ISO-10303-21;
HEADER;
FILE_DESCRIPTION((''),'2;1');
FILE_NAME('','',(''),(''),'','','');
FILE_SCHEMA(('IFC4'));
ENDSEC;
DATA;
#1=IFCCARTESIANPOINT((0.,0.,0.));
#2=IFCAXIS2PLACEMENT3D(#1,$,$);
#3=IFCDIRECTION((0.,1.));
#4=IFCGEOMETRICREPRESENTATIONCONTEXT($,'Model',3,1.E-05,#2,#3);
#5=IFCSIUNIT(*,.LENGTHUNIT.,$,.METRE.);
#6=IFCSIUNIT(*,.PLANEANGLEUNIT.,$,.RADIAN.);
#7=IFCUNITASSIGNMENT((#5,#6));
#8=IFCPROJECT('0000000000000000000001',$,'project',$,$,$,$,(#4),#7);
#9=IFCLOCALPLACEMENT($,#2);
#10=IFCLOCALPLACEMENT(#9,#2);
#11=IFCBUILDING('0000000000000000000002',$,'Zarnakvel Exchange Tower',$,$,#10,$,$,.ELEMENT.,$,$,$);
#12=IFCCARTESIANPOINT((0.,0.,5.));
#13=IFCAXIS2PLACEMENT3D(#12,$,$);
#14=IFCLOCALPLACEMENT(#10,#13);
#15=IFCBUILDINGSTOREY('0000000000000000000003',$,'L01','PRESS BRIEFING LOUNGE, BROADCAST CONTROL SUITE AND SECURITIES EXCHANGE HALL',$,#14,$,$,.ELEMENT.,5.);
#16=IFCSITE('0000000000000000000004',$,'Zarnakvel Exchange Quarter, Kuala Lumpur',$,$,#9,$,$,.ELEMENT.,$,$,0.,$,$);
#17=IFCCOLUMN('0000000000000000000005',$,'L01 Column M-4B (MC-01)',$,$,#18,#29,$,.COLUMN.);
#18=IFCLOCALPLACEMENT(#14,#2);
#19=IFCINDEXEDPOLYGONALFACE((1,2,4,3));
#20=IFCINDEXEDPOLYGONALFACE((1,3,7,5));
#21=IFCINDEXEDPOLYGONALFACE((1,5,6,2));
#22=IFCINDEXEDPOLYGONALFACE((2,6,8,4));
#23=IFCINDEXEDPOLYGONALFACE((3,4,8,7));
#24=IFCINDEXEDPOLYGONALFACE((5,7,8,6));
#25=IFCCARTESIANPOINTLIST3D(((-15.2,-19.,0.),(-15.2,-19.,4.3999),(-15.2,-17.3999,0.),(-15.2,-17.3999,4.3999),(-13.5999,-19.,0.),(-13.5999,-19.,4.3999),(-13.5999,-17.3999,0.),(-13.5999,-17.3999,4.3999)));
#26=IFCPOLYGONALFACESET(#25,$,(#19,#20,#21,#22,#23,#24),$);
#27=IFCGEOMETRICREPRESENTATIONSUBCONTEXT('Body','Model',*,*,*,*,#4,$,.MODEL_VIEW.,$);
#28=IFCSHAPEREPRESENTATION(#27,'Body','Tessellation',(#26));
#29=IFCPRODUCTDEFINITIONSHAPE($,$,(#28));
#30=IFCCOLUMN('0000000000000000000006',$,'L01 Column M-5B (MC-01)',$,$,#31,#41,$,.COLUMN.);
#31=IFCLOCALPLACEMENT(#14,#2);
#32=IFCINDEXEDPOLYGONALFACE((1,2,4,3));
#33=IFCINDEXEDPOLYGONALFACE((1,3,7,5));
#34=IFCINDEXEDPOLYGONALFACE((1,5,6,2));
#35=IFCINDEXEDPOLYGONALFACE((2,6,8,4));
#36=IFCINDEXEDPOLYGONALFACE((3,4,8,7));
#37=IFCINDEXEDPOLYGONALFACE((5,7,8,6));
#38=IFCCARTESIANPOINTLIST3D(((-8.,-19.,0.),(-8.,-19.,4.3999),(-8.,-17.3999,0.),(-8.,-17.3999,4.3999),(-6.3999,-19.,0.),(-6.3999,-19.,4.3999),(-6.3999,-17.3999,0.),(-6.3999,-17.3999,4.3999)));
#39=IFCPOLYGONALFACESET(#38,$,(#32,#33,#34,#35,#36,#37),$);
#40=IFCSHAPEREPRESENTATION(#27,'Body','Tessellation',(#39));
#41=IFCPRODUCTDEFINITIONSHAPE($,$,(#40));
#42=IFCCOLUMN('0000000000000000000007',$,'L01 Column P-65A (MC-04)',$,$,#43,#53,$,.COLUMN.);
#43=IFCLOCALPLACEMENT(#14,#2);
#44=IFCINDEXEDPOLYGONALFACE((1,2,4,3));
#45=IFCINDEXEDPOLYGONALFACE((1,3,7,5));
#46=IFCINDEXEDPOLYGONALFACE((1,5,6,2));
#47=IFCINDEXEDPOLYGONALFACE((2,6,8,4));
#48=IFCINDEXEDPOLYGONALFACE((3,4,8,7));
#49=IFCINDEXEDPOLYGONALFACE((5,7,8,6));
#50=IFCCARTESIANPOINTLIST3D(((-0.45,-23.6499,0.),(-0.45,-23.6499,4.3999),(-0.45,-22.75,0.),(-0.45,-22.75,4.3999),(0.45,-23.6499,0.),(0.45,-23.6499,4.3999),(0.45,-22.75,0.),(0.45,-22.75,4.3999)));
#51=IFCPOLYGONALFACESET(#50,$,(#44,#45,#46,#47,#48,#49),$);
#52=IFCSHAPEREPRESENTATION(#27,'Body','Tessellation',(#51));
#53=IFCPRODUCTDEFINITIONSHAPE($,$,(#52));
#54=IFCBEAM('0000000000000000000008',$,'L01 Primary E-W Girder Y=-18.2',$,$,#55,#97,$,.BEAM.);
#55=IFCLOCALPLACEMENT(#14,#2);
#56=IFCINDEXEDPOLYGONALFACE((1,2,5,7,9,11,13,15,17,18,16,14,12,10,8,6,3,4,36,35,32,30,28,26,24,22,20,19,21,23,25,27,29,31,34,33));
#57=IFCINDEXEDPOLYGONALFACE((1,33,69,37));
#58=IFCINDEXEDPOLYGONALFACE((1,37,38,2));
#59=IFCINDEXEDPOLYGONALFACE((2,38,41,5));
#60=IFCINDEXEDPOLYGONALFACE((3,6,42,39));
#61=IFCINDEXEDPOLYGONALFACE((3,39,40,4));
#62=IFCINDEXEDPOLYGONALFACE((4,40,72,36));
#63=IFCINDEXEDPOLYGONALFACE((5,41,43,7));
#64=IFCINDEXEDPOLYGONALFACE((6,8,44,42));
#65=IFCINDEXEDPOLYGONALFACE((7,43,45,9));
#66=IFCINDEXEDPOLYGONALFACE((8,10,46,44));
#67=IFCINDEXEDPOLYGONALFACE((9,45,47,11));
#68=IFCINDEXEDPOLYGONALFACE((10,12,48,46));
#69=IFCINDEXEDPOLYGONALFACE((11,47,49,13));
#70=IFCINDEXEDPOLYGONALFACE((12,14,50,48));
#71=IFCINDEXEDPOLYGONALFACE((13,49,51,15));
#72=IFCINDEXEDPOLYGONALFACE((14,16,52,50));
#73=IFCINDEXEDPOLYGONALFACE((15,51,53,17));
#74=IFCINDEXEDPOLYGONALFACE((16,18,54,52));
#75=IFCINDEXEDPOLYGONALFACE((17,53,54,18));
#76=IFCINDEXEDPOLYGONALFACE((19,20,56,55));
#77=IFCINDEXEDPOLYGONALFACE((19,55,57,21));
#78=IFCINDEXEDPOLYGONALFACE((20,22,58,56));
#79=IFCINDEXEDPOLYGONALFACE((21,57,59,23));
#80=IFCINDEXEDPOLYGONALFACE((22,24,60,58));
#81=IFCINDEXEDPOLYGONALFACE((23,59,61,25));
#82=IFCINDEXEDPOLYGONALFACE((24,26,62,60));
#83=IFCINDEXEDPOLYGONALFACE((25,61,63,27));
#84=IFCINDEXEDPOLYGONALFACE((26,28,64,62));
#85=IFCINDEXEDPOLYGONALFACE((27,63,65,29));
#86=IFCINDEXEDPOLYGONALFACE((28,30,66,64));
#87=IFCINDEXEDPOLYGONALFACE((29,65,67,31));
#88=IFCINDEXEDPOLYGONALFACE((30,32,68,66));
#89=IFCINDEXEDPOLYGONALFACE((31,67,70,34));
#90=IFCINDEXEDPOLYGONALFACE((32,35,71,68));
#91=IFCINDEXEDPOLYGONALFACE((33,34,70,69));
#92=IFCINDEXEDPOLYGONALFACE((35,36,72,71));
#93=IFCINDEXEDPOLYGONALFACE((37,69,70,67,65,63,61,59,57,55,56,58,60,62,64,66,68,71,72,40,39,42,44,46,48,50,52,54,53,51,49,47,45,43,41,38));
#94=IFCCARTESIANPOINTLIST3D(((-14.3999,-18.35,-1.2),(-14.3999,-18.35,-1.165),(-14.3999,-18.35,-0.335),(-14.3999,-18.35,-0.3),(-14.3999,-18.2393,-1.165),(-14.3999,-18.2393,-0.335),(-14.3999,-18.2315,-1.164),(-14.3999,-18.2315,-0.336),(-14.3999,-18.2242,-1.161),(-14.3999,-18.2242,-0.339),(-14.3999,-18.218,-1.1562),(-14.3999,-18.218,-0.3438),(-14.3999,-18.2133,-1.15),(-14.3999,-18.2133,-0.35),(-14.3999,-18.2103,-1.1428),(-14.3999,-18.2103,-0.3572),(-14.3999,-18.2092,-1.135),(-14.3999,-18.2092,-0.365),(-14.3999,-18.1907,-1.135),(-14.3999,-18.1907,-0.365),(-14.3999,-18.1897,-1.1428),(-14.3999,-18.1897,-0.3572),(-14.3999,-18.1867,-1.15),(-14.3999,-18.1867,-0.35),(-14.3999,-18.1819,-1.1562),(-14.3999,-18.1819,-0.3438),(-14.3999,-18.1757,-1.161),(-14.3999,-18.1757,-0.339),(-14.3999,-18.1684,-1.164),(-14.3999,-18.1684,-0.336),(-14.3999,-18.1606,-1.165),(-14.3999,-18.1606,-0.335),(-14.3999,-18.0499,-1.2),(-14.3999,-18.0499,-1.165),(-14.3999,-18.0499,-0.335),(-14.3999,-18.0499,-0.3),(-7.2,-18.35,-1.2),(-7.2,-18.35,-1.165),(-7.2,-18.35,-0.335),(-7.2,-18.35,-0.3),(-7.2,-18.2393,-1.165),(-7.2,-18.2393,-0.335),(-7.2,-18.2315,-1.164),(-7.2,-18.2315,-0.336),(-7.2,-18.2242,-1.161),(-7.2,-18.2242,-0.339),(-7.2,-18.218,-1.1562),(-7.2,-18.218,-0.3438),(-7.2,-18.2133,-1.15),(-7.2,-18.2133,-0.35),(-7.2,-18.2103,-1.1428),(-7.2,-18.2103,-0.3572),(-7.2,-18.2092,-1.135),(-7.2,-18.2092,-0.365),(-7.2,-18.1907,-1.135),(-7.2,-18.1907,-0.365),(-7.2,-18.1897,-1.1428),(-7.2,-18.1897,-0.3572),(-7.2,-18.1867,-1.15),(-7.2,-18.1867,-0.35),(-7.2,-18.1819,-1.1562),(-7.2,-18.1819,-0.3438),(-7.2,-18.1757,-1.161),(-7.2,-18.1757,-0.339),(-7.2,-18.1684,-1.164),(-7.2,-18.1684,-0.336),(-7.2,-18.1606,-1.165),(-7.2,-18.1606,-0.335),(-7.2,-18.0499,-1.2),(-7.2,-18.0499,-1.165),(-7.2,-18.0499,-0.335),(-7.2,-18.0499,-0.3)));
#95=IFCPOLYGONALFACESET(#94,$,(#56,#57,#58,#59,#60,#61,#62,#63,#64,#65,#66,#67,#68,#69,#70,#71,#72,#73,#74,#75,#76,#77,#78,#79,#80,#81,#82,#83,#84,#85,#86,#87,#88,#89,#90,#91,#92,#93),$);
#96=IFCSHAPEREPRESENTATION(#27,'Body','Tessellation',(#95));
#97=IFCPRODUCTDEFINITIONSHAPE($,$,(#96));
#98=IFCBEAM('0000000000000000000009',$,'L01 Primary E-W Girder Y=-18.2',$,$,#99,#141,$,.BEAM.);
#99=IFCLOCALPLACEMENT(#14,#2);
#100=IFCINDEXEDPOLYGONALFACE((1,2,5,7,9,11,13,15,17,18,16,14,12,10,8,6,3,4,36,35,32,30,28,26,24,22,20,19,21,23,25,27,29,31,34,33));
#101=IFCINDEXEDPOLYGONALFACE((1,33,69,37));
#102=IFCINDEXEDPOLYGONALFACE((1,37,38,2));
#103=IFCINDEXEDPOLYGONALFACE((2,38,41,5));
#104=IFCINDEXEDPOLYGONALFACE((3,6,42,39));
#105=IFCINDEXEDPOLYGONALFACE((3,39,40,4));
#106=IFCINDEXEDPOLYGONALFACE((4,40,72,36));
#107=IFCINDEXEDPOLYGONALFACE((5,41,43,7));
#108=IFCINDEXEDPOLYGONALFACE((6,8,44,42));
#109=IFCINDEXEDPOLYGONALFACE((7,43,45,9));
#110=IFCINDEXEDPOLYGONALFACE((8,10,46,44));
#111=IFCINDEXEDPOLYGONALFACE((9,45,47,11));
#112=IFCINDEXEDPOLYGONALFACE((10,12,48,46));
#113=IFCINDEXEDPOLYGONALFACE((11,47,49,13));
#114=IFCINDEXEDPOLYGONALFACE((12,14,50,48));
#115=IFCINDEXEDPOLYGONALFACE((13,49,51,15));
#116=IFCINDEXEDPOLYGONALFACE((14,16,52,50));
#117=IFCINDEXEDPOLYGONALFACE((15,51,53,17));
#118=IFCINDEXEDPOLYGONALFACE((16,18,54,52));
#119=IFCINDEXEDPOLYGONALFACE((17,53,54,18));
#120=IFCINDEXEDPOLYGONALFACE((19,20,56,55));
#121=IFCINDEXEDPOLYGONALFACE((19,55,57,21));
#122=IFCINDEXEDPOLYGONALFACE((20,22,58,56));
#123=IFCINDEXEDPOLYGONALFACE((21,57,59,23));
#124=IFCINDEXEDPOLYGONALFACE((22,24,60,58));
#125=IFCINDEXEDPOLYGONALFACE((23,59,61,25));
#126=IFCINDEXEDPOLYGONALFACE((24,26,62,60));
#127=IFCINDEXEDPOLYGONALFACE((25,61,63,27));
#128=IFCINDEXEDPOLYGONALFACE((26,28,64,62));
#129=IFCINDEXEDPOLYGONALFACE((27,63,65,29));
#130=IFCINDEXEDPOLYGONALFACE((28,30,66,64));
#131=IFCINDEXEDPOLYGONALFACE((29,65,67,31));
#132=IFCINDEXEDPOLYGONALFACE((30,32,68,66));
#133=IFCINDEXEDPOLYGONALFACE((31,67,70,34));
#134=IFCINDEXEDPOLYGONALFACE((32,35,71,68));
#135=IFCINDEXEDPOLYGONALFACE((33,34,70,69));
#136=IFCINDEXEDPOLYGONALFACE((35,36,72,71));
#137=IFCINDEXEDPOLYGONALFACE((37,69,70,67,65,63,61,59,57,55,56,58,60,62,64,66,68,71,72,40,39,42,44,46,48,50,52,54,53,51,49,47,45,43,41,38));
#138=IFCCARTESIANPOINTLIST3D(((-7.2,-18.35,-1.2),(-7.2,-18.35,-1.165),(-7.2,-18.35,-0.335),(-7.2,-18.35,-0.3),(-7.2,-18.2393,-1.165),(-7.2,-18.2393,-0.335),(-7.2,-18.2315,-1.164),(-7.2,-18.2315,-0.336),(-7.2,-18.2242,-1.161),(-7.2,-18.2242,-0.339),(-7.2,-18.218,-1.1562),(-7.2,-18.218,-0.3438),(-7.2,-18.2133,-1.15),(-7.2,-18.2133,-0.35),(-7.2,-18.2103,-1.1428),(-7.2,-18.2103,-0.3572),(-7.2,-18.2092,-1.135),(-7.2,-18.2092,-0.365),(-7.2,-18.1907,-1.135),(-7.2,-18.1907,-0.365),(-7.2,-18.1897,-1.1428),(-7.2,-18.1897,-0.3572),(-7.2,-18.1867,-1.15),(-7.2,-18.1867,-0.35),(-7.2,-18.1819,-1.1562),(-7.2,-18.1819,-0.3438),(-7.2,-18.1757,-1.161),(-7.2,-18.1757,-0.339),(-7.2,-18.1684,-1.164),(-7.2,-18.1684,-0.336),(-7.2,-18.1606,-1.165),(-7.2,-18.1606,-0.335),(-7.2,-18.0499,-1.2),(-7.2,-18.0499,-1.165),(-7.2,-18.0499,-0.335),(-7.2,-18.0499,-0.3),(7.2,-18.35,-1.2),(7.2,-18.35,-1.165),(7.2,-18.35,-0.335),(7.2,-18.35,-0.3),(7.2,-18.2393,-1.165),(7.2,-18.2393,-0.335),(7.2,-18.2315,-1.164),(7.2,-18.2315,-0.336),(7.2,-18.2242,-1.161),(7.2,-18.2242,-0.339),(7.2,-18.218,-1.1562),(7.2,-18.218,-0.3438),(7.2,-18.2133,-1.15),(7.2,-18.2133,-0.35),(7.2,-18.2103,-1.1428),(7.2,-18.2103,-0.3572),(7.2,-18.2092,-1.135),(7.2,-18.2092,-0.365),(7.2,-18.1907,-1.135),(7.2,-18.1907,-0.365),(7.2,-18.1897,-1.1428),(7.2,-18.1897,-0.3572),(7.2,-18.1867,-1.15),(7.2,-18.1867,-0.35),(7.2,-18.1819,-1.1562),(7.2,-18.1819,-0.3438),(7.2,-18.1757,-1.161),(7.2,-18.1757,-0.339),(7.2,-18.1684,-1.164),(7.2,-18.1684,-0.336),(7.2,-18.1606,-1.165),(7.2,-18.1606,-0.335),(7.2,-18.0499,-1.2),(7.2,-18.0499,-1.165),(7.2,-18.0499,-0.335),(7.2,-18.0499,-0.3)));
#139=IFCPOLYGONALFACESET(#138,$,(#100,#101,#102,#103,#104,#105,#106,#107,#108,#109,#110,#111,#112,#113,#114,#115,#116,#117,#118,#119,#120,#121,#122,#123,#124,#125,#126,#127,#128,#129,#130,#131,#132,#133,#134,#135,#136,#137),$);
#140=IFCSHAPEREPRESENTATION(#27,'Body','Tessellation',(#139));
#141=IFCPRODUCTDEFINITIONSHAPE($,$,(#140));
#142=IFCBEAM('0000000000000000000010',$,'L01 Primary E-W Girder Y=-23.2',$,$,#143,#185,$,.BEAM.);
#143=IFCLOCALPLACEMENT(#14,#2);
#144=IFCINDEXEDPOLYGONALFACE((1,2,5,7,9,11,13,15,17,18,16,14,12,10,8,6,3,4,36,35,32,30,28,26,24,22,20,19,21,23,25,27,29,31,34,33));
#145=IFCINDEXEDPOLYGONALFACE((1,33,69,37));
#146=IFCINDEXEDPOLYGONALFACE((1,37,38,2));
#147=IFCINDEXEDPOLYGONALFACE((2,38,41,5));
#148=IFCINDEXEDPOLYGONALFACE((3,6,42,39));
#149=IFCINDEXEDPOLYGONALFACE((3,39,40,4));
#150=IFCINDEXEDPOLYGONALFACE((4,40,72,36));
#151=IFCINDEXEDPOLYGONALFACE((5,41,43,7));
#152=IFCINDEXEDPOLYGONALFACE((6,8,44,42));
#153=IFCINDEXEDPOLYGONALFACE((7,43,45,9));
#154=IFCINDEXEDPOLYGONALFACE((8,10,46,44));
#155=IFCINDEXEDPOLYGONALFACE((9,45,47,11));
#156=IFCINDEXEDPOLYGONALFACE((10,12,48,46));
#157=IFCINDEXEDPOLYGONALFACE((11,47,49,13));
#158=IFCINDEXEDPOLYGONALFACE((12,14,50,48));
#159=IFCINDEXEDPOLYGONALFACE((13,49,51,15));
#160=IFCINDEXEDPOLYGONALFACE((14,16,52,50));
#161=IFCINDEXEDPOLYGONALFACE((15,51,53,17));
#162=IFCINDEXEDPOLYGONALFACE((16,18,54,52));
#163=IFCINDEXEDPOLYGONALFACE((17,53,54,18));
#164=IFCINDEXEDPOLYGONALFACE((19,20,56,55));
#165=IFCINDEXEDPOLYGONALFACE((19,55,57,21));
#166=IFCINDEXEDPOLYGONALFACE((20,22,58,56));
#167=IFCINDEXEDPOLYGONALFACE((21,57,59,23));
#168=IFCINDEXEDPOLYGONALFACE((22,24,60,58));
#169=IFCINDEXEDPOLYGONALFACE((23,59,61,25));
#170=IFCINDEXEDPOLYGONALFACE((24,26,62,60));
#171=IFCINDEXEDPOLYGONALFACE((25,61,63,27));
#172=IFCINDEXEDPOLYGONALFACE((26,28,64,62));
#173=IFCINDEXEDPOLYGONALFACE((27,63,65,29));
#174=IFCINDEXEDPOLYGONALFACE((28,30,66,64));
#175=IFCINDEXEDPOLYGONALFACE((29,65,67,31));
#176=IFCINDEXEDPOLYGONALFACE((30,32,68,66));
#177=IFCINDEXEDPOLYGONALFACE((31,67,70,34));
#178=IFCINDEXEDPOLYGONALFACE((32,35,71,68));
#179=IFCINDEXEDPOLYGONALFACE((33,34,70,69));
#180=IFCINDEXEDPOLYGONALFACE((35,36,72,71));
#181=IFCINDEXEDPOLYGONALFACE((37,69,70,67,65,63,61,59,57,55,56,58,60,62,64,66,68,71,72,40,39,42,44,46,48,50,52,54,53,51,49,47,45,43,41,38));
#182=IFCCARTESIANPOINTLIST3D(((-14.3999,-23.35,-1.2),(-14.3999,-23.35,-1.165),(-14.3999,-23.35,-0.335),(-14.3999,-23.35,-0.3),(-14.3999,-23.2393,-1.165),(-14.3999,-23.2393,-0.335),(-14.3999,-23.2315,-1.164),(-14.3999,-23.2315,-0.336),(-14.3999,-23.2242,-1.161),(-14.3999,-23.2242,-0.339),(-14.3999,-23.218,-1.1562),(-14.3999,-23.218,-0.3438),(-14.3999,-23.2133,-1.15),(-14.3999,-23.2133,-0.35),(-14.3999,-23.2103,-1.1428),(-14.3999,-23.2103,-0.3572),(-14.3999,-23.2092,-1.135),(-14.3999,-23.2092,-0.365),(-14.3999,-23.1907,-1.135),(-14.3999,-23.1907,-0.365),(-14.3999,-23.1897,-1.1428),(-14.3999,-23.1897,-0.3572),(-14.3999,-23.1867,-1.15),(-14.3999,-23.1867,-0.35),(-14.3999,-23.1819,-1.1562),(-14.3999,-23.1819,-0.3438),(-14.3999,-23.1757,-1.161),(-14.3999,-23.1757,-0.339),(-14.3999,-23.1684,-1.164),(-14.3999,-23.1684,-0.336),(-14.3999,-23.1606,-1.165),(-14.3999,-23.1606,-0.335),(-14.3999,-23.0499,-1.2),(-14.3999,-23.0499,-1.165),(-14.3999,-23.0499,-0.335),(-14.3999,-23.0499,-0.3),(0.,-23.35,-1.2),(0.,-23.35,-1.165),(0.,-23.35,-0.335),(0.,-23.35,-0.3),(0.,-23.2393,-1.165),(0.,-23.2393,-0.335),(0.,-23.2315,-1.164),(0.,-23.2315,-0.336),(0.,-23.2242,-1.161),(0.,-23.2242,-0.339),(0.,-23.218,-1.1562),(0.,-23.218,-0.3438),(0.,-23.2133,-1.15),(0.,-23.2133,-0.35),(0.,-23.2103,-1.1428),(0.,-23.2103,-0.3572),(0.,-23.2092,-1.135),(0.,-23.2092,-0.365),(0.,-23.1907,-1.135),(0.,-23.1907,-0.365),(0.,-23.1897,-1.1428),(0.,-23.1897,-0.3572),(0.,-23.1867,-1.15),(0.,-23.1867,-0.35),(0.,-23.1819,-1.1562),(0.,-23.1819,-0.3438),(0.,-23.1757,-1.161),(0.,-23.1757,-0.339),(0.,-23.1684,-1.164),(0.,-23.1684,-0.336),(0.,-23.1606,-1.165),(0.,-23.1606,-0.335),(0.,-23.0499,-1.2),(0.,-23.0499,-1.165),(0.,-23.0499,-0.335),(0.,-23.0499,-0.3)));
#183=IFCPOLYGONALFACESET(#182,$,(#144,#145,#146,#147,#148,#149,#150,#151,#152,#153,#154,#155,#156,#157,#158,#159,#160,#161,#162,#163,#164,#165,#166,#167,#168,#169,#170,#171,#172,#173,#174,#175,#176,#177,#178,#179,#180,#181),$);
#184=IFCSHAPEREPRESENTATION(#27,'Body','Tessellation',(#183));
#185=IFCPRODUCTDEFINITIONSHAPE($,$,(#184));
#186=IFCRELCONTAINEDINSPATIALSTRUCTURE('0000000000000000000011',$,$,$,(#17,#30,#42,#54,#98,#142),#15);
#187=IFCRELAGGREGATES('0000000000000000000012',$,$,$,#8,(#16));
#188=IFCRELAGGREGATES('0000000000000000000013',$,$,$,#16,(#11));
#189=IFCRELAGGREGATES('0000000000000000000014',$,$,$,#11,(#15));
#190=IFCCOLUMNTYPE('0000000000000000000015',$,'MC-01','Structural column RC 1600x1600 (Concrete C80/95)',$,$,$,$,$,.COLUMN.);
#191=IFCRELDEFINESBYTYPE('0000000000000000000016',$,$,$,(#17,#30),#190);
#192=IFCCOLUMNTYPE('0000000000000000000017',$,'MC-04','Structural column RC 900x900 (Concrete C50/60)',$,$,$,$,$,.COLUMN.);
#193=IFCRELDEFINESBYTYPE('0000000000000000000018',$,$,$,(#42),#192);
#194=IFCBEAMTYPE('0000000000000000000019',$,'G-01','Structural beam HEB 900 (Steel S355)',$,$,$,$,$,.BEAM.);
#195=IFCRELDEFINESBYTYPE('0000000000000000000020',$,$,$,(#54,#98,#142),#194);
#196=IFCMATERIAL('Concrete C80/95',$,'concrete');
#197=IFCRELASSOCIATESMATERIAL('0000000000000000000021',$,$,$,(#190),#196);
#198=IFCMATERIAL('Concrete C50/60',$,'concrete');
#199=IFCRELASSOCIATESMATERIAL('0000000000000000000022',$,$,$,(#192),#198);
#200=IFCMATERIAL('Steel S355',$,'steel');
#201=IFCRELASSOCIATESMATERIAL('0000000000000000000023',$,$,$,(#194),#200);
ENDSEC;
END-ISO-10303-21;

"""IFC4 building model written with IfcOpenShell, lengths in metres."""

from ifc_helpers import new_model, si_unit, direction, frame, origin, origin_2d, place, context, subcontext, project, spatial, rectangle, i_section, extrude, material, material_profile, profile_set, type_object, element, save


model = new_model("IFC4")

# Units and contexts
model_context = context("Model", 3, precision=1e-05, world=origin(), true_north=direction((0.0, 1.0)))
body_context = subcontext(model_context, "Body", "Model", "MODEL_VIEW")
ifc_project = project(units=[si_unit("LENGTHUNIT", "METRE"), si_unit("PLANEANGLEUNIT", "RADIAN")], contexts=[model_context])

# Site, building, storey
site_placement = place(None, origin())
site = spatial("IfcSite", under=ifc_project, at=site_placement, Name="Zarnakvel Exchange Quarter, Kuala Lumpur", CompositionType="ELEMENT", RefElevation=0.0)
building_placement = place(site_placement, origin())
building = spatial("IfcBuilding", under=site, at=building_placement, Name="Zarnakvel Exchange Tower", CompositionType="ELEMENT")
storey_placement = place(building_placement, frame((0.0, 0.0, 5.0)))
storey = spatial("IfcBuildingStorey", under=building, at=storey_placement, Name="L01", Description="PRESS BRIEFING LOUNGE, BROADCAST CONTROL SUITE AND SECURITIES EXCHANGE HALL", CompositionType="ELEMENT", Elevation=5.0)

# Columns
ifc_material_1 = material(Name="Concrete C80/95", Category="concrete")
ifc_material_profile_1 = material_profile(ifc_material_1, rectangle(XDim=1.6001, YDim=1.6001, at=origin_2d()))
ifc_profile_set_1 = profile_set([ifc_material_profile_1], Name="Concrete C80/95")
column_type_1 = type_object("IfcColumnType", Name="MC-01", Description="Structural column RC 1600x1600 (Concrete C80/95)", PredefinedType="COLUMN", material=ifc_profile_set_1)
for number, where, z_axis, x_axis, name in (
    (1, (-14.3999, -18.2, 0.0), (0.0, 0.0, 1.0), (1.0, 0.0, 0.0), "L01 Column M-4B (MC-01)"),
    (2, (-7.2, -18.2, 0.0), (0.0, 0.0, 1.0), (1.0, 0.0, 0.0), "L01 Column M-5B (MC-01)"),
):
    element("IfcColumn", number, at=place(storey_placement, frame(where, z_axis=z_axis, x_axis=x_axis)), inside=storey, type_object=column_type_1, Name=name, PredefinedType="COLUMN", context=body_context, shape_type="SweptSolid", body=[
        extrude(rectangle(XDim=1.6001, YDim=1.6001, at=origin_2d()), origin(), (0.0, 0.0, 1.0), 4.3999),
    ])
ifc_material_2 = material(Name="Concrete C50/60", Category="concrete")
ifc_material_profile_2 = material_profile(ifc_material_2, rectangle(XDim=0.8999, YDim=0.8999, at=origin_2d()))
ifc_profile_set_2 = profile_set([ifc_material_profile_2], Name="Concrete C50/60")
column_type_2 = type_object("IfcColumnType", Name="MC-04", Description="Structural column RC 900x900 (Concrete C50/60)", PredefinedType="COLUMN", material=ifc_profile_set_2)
column_placement = place(storey_placement, frame((0.0, -23.2, 0.0), z_axis=(0.0, 0.0, 1.0), x_axis=(1.0, 0.0, 0.0)))
element("IfcColumn", 3, at=column_placement, inside=storey, type_object=column_type_2, Name="L01 Column P-65A (MC-04)", PredefinedType="COLUMN", context=body_context, shape_type="SweptSolid", body=[
    extrude(rectangle(XDim=0.8999, YDim=0.8999, at=origin_2d()), origin(), (0.0, 0.0, 1.0), 4.3999),
])

# Beams
ifc_material_3 = material(Name="Steel S355", Category="steel")
ifc_material_profile_3 = material_profile(ifc_material_3, i_section(OverallWidth=0.3, OverallDepth=0.8999, WebThickness=0.0186, FlangeThickness=0.0349, FilletRadius=0.03, at=origin_2d()))
ifc_profile_set_3 = profile_set([ifc_material_profile_3], Name="Steel S355")
beam_type_1 = type_object("IfcBeamType", Name="G-01", Description="Structural beam HEB 900 (Steel S355)", PredefinedType="BEAM", material=ifc_profile_set_3)
beam_1_placement = place(storey_placement, frame((-14.3999, -18.2, -0.75), z_axis=(1.0, 0.0, 0.0), x_axis=(0.0, 1.0, 0.0)))
element("IfcBeam", 4, at=beam_1_placement, inside=storey, type_object=beam_type_1, Name="L01 Primary E-W Girder Y=-18.2", PredefinedType="BEAM", context=body_context, shape_type="SweptSolid", body=[
    extrude(i_section(OverallWidth=0.3, OverallDepth=0.8999, WebThickness=0.0186, FlangeThickness=0.0349, FilletRadius=0.03, at=origin_2d()), origin(), (0.0, 0.0, 1.0), 7.2),
])
for number, where, z_axis, x_axis, name in (
    (5, (-7.2, -18.2, -0.75), (1.0, 0.0, 0.0), (0.0, 1.0, 0.0), "L01 Primary E-W Girder Y=-18.2"),
    (6, (-14.3999, -23.2, -0.75), (1.0, 0.0, 0.0), (0.0, 1.0, 0.0), "L01 Primary E-W Girder Y=-23.2"),
):
    element("IfcBeam", number, at=place(storey_placement, frame(where, z_axis=z_axis, x_axis=x_axis)), inside=storey, type_object=beam_type_1, Name=name, PredefinedType="BEAM", context=body_context, shape_type="SweptSolid", body=[
        extrude(i_section(OverallWidth=0.3, OverallDepth=0.8999, WebThickness=0.0186, FlangeThickness=0.0349, FilletRadius=0.03, at=origin_2d()), origin(), (0.0, 0.0, 1.0), 14.3999),
    ])

save(model, "model.ifc")
